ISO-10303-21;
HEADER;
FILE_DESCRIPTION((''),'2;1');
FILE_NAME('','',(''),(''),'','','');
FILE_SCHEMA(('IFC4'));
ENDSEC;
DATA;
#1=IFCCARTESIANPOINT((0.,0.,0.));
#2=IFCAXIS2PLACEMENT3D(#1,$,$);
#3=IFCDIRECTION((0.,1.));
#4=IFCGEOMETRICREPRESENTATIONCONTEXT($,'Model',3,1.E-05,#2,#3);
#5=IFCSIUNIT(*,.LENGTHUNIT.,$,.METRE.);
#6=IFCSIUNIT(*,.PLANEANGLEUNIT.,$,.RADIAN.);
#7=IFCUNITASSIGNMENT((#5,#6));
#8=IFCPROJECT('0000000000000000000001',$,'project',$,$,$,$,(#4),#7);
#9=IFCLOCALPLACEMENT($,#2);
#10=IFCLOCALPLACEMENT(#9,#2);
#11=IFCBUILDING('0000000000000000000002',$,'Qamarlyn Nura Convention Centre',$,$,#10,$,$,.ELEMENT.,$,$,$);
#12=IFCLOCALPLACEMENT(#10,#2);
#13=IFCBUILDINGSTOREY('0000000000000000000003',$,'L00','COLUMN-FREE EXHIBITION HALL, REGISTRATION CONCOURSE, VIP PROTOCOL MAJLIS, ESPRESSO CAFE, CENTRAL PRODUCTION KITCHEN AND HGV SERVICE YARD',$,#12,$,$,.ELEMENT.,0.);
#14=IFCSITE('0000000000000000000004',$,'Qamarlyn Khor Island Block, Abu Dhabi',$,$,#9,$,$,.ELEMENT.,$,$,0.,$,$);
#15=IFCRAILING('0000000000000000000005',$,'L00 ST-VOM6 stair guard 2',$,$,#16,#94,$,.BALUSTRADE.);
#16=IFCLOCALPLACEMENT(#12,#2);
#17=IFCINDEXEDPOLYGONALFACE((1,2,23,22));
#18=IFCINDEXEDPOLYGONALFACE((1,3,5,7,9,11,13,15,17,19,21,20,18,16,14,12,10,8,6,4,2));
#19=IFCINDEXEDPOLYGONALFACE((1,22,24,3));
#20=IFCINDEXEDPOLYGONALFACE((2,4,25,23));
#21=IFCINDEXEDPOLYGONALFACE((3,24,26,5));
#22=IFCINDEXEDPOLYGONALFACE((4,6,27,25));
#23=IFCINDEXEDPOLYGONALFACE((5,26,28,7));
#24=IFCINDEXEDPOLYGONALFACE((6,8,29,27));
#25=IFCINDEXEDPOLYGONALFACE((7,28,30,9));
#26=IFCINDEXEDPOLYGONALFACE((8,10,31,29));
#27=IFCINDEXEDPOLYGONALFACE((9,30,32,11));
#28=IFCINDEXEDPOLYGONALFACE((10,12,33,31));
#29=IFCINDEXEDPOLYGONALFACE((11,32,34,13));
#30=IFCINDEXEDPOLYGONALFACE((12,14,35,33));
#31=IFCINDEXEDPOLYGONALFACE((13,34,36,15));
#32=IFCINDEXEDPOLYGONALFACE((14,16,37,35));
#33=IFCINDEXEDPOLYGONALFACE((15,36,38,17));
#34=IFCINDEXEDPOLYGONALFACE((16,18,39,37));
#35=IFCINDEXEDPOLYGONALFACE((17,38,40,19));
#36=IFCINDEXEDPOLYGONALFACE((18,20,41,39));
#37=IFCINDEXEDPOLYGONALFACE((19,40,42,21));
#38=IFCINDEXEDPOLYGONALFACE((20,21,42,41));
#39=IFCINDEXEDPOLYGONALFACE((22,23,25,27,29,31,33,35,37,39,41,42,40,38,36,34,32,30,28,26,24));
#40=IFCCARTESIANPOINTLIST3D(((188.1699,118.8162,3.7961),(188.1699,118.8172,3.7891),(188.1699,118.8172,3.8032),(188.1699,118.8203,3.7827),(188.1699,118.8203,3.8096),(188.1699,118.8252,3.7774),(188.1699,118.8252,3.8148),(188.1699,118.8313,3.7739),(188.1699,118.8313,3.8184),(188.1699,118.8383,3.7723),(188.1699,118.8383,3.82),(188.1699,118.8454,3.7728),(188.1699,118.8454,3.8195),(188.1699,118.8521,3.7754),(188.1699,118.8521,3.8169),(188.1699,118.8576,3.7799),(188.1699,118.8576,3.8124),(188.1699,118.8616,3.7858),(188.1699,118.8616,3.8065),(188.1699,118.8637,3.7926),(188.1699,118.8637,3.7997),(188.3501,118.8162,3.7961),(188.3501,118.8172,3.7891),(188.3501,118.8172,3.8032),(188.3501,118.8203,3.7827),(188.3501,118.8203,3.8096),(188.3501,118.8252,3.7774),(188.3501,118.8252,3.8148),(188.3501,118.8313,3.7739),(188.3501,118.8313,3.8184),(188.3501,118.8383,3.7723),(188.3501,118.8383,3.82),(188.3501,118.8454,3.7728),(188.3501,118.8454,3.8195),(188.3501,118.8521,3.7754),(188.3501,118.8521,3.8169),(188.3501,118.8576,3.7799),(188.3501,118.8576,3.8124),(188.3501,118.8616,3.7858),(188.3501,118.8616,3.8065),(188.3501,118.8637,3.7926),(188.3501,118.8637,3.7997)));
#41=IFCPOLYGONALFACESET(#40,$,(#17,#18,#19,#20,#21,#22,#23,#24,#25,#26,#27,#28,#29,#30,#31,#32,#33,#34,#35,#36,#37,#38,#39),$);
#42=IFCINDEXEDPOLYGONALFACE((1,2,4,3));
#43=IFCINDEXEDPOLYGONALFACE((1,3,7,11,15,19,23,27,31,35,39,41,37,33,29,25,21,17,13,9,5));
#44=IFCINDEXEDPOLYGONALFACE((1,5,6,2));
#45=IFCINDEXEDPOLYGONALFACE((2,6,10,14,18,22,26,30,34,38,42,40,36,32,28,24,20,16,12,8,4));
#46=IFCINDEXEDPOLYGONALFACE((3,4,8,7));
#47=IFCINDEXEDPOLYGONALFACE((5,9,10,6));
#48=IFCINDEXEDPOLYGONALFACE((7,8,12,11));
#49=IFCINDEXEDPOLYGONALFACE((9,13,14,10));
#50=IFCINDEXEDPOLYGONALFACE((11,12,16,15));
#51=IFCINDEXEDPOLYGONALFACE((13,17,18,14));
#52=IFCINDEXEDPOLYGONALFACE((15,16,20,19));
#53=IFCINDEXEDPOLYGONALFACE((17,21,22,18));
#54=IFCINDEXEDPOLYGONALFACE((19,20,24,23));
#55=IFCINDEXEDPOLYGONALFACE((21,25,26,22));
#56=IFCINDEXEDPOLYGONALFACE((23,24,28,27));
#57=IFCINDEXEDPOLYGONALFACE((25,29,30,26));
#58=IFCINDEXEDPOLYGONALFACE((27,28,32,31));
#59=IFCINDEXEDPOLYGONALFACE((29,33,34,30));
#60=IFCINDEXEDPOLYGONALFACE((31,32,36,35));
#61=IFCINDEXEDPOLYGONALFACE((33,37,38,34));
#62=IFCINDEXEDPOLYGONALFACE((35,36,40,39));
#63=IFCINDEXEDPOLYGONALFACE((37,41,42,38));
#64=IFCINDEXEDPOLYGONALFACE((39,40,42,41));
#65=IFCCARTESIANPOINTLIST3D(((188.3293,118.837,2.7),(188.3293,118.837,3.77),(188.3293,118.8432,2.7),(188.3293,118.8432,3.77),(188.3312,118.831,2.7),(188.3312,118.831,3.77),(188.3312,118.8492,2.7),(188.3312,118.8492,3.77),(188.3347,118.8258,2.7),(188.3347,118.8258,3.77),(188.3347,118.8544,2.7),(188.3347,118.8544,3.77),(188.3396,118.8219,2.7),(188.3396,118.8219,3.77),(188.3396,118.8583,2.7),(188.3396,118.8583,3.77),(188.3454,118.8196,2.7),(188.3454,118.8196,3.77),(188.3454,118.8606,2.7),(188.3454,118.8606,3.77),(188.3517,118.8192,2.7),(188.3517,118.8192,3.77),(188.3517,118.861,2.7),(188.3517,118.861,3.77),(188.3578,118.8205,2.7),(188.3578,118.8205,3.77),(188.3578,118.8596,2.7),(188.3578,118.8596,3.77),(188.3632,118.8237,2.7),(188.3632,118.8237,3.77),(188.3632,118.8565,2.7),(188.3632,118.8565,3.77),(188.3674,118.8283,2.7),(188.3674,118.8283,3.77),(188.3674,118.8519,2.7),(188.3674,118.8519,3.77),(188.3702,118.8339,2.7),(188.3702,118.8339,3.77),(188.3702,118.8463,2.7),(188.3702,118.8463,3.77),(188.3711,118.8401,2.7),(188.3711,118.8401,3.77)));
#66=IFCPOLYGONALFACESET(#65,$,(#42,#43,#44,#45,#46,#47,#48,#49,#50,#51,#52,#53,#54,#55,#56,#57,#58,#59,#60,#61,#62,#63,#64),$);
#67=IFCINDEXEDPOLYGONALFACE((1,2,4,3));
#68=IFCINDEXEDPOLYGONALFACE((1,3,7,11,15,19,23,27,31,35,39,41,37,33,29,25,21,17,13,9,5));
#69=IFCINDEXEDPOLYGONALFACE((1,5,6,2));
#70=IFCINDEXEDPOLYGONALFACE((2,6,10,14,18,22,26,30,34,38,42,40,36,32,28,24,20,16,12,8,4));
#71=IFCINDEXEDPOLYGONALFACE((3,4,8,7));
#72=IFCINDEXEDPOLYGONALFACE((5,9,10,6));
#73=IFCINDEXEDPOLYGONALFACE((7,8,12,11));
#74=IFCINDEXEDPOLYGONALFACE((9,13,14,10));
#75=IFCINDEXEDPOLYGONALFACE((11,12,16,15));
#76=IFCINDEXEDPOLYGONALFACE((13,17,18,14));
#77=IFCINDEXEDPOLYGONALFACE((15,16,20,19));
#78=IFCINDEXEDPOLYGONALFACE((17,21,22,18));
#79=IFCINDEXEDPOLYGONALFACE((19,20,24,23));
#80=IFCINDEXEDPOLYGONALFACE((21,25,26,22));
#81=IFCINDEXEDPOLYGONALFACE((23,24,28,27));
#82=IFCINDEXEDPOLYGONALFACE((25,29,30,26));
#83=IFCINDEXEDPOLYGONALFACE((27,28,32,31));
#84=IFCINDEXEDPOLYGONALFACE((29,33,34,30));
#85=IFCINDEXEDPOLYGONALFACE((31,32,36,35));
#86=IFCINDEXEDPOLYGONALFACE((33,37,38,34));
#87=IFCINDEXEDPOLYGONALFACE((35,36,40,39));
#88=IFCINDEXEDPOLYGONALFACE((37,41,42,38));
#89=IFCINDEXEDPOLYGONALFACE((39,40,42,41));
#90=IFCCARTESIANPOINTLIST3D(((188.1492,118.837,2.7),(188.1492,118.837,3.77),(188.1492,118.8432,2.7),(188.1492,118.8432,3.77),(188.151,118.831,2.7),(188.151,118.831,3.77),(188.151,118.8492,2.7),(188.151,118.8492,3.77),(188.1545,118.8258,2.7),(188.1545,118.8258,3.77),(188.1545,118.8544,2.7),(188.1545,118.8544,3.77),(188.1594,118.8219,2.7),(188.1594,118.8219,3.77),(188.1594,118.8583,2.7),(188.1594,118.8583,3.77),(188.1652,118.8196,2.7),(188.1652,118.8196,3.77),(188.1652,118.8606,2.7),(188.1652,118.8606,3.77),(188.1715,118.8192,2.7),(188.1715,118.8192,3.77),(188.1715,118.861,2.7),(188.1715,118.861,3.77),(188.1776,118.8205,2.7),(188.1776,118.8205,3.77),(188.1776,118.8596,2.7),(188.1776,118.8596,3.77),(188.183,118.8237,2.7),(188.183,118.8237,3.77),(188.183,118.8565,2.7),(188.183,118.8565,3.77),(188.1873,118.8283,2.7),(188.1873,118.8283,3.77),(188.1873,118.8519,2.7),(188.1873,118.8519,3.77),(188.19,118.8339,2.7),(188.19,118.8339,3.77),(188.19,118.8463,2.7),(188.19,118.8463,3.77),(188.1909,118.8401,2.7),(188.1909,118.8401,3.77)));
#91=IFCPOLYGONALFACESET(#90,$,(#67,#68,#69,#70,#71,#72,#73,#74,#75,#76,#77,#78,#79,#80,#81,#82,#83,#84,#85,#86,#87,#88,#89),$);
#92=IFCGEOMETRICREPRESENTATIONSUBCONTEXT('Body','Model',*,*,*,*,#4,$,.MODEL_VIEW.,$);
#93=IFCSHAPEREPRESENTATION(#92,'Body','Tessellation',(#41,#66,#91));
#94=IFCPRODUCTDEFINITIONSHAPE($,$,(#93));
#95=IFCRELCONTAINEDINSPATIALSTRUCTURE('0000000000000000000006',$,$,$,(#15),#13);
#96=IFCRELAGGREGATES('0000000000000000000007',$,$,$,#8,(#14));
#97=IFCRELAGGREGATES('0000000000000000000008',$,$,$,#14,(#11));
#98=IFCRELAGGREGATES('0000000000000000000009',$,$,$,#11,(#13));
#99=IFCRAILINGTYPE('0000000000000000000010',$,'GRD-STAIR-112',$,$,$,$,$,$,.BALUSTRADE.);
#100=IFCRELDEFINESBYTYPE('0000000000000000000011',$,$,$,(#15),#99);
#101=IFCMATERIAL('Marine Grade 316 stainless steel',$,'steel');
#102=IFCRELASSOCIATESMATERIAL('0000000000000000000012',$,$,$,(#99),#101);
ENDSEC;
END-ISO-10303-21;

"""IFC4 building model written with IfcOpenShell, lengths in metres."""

from ifc_helpers import new_model, si_unit, direction, frame, origin, origin_2d, place, context, subcontext, project, spatial, circle, extrude, material, type_object, element, save


model = new_model("IFC4")

# Units and contexts
model_context = context("Model", 3, precision=1e-05, world=origin(), true_north=direction((0.0, 1.0)))
body_context = subcontext(model_context, "Body", "Model", "MODEL_VIEW")
ifc_project = project(units=[si_unit("LENGTHUNIT", "METRE"), si_unit("PLANEANGLEUNIT", "RADIAN")], contexts=[model_context])

# Site, building, storey
site_placement = place(None, origin())
site = spatial("IfcSite", under=ifc_project, at=site_placement, Name="Qamarlyn Khor Island Block, Abu Dhabi", CompositionType="ELEMENT", RefElevation=0.0)
building_placement = place(site_placement, origin())
building = spatial("IfcBuilding", under=site, at=building_placement, Name="Qamarlyn Nura Convention Centre", CompositionType="ELEMENT")
storey_placement = place(building_placement, origin())
storey = spatial("IfcBuildingStorey", under=building, at=storey_placement, Name="L00", Description="COLUMN-FREE EXHIBITION HALL, REGISTRATION CONCOURSE, VIP PROTOCOL MAJLIS, ESPRESSO CAFE, CENTRAL PRODUCTION KITCHEN AND HGV SERVICE YARD", CompositionType="ELEMENT", Elevation=0.0)

# Railing
ifc_material_1 = material(Name="Marine Grade 316 stainless steel", Category="steel")
railing_type_1 = type_object("IfcRailingType", Name="GRD-STAIR-112", PredefinedType="BALUSTRADE", material=ifc_material_1)
railing_1_placement = place(storey_placement, frame((188.3501, 118.8401, 2.7)))
element("IfcRailing", 1, at=railing_1_placement, inside=storey, type_object=railing_type_1, Name="L00 ST-VOM6 stair guard 2", PredefinedType="BALUSTRADE", context=body_context, shape_type="SweptSolid", body=[
    extrude(circle(Radius=0.0239, at=origin_2d()), frame((0.0, 0.0, 1.0962), z_axis=(-1.0, 0.0, 0.0), x_axis=(0.0, -1.0, 0.0)), (0.0, 0.0, 1.0), 0.1802),
    extrude(circle(Radius=0.021, at=origin_2d()), origin(), (0.0, 0.0, 1.0), 1.0701),
    extrude(circle(Radius=0.021, at=origin_2d()), frame((-0.1802, 0.0, 0.0)), (0.0, 0.0, 1.0), 1.0701),
])

save(model, "model.ifc")
